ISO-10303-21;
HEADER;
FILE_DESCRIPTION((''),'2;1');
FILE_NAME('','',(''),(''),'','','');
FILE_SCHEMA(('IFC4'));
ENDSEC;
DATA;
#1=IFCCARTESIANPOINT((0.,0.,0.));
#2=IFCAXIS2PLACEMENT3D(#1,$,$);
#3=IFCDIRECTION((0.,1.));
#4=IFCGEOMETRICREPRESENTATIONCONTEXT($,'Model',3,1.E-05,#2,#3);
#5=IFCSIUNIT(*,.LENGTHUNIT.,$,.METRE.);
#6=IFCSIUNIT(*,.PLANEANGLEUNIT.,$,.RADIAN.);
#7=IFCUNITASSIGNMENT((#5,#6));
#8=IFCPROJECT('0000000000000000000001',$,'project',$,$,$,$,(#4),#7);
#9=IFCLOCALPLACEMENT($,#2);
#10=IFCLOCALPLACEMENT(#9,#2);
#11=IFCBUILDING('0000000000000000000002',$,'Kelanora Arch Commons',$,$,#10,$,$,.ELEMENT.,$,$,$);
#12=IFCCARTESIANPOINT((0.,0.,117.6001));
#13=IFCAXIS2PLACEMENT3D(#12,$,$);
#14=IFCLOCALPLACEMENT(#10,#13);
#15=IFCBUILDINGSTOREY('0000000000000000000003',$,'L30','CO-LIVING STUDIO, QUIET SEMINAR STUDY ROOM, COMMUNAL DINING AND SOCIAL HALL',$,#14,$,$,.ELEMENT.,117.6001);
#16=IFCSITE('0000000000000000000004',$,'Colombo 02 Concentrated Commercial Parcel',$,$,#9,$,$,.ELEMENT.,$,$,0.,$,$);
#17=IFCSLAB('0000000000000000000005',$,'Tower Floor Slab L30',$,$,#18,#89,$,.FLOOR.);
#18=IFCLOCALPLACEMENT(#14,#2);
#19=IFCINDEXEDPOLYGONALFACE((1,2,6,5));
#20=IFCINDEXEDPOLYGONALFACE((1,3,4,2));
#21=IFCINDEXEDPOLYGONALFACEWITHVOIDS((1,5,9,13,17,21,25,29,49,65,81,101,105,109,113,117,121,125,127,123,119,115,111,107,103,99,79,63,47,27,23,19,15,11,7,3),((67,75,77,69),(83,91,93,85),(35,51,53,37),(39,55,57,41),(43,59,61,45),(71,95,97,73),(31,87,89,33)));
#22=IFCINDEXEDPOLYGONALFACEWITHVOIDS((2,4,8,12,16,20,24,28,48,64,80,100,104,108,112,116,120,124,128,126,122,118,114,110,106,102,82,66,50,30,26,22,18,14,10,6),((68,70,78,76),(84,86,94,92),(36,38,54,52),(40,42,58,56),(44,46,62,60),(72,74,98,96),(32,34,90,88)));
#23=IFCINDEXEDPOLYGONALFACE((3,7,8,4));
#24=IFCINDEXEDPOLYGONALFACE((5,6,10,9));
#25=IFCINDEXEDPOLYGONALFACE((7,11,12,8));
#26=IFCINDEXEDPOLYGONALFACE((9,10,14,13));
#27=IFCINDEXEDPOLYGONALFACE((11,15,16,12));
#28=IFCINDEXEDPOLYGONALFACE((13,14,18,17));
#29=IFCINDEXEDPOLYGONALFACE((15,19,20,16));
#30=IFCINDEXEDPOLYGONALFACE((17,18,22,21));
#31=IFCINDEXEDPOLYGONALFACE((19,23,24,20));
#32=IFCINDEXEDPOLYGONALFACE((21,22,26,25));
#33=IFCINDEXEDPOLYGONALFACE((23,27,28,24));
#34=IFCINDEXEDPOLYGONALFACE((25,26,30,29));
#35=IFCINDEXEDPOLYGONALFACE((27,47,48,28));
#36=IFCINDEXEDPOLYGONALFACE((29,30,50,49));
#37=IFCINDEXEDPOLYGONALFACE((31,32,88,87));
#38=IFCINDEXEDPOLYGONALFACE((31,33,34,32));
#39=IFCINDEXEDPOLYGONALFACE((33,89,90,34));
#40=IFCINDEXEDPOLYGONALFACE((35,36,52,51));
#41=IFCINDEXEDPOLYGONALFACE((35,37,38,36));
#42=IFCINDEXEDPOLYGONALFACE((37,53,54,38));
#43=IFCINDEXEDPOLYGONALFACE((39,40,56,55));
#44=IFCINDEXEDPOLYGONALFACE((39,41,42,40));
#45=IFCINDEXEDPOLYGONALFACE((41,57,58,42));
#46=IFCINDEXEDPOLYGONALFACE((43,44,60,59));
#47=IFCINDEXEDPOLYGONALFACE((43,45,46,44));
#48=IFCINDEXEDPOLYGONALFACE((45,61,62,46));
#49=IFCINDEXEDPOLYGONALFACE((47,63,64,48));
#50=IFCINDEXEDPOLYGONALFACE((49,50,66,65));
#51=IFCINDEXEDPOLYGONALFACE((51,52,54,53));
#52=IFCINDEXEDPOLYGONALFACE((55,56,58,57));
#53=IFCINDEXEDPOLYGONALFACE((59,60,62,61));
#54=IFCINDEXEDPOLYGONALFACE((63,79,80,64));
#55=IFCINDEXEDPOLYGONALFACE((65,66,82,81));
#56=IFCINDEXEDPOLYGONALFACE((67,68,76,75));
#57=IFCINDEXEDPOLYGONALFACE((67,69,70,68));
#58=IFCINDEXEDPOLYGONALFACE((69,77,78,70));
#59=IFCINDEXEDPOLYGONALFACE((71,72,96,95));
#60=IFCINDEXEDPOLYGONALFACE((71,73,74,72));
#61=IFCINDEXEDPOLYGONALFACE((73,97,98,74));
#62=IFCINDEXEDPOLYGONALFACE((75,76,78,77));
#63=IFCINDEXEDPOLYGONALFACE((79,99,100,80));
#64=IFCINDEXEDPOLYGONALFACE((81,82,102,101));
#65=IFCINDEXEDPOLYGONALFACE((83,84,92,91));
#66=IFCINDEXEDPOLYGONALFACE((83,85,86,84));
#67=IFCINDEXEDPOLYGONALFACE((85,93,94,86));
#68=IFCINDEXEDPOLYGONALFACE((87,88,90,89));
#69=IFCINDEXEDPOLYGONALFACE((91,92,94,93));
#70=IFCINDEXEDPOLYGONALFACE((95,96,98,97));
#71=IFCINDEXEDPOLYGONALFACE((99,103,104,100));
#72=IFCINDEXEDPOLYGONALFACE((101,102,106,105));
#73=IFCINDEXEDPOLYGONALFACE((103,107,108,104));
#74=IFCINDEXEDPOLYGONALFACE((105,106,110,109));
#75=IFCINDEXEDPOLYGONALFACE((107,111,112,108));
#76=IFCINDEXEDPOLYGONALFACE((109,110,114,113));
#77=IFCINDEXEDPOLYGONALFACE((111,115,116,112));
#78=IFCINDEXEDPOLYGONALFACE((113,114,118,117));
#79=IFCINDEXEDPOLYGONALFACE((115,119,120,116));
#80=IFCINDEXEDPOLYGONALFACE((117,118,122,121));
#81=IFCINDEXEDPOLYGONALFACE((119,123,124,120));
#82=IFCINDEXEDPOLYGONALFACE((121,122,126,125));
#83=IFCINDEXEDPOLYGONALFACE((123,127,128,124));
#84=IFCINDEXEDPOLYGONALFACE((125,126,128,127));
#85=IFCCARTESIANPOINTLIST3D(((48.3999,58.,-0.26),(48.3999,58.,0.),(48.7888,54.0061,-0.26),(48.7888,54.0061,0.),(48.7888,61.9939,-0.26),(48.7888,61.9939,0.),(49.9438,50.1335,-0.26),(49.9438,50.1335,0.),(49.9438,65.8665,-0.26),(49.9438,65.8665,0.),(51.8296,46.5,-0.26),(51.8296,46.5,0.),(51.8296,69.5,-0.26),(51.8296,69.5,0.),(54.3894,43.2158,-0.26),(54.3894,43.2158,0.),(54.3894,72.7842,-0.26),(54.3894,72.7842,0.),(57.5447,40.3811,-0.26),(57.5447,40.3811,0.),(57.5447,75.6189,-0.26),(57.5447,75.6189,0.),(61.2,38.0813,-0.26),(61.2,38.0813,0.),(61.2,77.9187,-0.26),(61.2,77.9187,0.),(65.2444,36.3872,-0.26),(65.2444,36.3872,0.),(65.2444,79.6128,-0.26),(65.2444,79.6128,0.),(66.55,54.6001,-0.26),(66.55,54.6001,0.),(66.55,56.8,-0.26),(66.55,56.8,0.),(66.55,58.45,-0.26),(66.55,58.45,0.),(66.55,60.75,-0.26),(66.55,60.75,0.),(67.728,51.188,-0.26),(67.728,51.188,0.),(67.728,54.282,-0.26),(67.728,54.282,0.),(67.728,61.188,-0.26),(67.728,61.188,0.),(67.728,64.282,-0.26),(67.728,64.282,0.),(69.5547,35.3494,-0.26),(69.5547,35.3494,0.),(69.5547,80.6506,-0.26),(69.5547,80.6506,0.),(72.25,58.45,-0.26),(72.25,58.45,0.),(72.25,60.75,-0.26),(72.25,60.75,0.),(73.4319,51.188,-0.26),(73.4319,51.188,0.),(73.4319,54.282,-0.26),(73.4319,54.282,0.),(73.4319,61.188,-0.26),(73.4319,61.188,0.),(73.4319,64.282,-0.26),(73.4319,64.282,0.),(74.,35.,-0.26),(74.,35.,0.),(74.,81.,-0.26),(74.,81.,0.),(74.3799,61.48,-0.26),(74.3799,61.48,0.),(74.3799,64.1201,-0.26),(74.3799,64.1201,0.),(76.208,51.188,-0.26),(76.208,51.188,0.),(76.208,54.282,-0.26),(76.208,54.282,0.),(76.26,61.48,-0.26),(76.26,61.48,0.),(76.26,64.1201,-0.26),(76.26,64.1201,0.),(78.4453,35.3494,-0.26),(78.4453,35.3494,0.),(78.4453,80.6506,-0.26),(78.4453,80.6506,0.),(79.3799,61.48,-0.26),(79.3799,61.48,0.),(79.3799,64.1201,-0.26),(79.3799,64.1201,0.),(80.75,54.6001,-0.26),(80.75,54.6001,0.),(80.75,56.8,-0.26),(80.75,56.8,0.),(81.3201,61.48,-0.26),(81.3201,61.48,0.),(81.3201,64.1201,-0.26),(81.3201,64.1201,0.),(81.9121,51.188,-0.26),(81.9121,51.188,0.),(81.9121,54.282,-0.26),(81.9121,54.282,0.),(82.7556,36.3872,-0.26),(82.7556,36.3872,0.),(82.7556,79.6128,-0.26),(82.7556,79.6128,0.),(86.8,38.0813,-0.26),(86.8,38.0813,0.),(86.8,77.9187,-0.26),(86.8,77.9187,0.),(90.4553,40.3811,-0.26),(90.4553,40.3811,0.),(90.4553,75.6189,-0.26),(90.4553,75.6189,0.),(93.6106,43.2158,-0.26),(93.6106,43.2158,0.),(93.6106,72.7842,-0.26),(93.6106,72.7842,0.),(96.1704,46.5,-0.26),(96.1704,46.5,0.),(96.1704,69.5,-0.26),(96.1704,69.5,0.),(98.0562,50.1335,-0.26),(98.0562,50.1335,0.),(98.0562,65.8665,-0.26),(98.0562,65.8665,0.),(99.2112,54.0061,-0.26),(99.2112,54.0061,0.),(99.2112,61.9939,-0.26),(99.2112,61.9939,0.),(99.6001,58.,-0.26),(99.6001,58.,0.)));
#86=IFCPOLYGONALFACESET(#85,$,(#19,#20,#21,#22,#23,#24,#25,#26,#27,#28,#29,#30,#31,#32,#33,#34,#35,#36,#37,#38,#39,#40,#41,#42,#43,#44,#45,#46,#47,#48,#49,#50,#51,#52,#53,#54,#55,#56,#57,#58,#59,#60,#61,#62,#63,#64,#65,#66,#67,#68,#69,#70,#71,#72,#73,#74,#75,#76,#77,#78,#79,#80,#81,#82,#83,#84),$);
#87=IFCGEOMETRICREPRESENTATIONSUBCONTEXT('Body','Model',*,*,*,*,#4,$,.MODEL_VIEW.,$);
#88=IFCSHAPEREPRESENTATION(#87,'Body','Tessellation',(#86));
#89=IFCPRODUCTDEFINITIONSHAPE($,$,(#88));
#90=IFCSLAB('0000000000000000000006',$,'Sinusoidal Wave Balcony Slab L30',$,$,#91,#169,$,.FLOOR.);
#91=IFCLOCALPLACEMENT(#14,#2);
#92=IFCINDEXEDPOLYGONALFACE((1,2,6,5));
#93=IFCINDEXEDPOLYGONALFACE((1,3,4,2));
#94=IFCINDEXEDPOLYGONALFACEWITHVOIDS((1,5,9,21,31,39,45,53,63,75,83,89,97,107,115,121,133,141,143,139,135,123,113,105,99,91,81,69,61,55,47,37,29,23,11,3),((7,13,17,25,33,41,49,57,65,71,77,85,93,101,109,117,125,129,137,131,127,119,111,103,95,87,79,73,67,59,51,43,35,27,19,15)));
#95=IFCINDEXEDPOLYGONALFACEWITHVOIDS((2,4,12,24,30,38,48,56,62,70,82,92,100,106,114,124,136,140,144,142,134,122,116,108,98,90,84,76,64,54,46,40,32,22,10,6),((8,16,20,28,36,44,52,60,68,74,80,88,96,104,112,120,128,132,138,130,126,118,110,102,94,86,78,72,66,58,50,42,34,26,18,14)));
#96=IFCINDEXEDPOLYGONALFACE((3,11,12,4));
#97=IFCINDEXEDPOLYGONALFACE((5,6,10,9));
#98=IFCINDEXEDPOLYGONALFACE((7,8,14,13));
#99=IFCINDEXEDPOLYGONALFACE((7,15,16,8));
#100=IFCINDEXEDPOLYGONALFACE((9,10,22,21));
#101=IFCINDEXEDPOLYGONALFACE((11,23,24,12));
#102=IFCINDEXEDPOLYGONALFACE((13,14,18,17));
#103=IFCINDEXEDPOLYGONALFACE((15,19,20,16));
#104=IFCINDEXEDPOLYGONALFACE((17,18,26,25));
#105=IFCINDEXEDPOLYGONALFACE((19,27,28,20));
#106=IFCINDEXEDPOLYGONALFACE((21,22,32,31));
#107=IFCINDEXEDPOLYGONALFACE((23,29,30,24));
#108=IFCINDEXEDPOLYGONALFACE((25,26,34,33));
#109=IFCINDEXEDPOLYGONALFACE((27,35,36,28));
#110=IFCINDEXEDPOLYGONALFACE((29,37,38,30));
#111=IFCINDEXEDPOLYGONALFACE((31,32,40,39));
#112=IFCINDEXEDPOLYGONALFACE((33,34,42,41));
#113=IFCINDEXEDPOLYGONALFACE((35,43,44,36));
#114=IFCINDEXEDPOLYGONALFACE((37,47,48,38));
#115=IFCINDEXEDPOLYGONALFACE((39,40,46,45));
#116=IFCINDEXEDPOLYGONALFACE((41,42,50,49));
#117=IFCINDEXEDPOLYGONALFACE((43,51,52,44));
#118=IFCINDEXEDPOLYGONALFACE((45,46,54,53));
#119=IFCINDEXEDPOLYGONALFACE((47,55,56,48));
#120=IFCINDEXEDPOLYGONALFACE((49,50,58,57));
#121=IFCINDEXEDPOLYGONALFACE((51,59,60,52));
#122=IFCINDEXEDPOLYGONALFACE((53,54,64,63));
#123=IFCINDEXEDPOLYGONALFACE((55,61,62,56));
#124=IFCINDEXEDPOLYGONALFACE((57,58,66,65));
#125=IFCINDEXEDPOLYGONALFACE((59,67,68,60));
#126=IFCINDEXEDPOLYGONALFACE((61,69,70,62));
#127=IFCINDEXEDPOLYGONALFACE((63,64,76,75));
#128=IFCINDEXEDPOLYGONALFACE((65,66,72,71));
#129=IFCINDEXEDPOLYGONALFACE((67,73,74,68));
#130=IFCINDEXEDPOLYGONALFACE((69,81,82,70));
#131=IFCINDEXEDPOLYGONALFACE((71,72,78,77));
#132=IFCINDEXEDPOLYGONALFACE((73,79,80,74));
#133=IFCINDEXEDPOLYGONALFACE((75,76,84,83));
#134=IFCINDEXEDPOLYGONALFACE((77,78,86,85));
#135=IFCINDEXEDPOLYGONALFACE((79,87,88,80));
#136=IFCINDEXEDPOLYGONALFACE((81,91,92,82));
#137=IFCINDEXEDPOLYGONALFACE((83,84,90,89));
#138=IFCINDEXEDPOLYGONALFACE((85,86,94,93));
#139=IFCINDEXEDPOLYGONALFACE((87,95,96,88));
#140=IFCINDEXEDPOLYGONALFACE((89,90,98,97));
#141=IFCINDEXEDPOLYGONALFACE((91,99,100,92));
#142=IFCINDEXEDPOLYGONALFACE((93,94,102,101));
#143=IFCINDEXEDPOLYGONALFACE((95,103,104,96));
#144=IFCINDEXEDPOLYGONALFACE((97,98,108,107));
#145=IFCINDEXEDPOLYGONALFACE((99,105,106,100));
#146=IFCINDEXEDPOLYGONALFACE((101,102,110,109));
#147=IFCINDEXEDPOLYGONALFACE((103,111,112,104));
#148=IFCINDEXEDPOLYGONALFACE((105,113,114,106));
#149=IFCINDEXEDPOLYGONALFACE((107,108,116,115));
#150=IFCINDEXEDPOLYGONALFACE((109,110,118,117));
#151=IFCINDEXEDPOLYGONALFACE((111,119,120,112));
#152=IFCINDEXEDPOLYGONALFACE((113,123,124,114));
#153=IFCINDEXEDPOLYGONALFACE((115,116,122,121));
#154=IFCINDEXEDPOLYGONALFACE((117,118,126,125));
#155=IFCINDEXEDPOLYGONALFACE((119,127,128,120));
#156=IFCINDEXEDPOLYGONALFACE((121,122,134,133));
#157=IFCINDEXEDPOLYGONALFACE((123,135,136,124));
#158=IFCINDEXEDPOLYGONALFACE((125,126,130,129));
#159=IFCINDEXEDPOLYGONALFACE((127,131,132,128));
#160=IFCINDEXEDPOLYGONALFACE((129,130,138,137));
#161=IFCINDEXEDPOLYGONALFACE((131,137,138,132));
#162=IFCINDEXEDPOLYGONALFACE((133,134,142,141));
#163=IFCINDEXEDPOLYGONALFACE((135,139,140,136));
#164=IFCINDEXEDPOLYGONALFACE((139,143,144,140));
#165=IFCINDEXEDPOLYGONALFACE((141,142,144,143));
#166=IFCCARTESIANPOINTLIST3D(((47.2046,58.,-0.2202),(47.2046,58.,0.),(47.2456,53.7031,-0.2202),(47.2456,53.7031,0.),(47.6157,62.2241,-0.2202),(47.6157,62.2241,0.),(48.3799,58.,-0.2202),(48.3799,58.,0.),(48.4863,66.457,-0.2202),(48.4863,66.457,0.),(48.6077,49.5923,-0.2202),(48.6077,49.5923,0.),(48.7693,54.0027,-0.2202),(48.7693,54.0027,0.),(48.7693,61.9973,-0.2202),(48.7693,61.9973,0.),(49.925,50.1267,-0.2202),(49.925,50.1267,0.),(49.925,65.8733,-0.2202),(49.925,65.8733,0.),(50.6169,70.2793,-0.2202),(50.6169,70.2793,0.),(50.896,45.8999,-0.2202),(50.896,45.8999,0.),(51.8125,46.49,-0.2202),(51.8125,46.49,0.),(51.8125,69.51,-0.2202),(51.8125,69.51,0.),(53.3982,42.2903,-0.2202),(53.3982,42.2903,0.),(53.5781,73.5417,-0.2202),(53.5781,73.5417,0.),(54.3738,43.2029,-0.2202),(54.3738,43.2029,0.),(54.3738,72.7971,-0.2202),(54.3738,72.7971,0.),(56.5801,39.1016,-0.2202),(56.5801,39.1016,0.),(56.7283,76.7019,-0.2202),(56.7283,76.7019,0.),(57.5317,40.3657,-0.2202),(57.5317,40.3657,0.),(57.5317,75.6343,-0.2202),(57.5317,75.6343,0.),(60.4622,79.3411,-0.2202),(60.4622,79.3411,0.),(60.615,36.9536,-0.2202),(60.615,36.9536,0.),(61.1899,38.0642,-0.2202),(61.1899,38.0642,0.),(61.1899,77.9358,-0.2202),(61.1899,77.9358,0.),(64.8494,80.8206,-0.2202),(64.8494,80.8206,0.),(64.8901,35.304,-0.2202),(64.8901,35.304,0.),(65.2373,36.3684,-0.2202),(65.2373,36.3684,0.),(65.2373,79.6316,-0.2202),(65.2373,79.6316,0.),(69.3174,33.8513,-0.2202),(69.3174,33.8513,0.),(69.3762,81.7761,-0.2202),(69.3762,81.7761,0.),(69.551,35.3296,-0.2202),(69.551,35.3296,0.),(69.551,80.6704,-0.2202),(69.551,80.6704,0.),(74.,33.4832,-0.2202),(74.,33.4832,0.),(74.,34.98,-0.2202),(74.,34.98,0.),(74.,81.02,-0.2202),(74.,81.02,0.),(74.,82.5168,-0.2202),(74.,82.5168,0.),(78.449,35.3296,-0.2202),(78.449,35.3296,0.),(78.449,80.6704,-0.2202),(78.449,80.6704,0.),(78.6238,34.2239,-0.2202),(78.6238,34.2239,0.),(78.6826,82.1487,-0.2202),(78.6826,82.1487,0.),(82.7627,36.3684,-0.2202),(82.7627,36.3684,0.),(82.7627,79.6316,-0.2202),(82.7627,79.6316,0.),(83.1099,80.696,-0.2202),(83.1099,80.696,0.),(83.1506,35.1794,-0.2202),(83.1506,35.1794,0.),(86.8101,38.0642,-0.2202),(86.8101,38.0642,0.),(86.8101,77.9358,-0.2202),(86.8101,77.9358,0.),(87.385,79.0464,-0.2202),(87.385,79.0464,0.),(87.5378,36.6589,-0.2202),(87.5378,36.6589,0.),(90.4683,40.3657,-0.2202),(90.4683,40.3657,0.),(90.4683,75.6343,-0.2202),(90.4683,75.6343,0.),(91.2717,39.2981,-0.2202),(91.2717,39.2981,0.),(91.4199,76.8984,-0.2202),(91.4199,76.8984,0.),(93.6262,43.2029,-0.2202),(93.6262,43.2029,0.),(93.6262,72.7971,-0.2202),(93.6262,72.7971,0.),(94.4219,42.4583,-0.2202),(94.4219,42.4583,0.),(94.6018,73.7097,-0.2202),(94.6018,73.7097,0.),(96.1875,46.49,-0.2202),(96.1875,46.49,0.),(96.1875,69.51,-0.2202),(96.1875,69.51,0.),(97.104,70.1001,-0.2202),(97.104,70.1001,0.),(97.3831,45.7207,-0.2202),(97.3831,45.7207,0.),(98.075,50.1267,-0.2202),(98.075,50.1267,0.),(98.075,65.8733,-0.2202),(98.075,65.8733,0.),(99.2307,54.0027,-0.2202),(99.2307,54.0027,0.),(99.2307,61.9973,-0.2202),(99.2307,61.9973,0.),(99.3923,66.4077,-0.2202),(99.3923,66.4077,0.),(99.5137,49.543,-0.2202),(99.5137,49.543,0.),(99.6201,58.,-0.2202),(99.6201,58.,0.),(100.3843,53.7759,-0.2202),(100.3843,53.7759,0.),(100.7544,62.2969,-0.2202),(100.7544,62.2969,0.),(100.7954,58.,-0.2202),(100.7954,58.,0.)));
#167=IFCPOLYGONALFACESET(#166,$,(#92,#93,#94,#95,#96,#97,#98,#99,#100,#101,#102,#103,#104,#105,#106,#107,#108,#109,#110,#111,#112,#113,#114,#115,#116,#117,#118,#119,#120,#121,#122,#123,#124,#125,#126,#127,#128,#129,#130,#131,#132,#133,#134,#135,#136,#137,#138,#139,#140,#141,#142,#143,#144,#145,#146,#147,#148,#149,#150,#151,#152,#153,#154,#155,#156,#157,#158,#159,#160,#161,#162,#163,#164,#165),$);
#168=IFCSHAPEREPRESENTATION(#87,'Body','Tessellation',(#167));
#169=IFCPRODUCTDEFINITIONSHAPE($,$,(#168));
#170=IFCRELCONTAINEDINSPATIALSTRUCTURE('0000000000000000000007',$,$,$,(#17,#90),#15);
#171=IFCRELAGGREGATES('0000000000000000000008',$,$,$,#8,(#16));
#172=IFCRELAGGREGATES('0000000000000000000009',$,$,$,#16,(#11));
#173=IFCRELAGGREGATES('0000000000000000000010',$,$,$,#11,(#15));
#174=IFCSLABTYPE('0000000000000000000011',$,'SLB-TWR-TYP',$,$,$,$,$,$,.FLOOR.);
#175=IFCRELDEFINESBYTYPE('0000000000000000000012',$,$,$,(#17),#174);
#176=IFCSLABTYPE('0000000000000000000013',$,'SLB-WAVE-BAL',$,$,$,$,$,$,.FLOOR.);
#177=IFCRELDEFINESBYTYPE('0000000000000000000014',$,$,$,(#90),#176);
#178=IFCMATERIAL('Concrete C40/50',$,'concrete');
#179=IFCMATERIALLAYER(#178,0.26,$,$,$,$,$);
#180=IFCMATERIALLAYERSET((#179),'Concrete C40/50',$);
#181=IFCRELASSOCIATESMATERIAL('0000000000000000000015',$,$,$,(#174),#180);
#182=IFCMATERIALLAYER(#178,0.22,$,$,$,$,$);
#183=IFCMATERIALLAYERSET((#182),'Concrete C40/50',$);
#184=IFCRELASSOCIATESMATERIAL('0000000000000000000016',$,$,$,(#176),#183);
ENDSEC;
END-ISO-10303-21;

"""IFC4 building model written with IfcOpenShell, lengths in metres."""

from ifc_helpers import new_model, si_unit, direction, frame, origin, place, context, subcontext, project, spatial, polyline, outline, extrude, material, layer, layer_set, type_object, element, save


model = new_model("IFC4")

# Units and contexts
model_context = context("Model", 3, precision=1e-05, world=origin(), true_north=direction((0.0, 1.0)))
body_context = subcontext(model_context, "Body", "Model", "MODEL_VIEW")
ifc_project = project(units=[si_unit("LENGTHUNIT", "METRE"), si_unit("PLANEANGLEUNIT", "RADIAN")], contexts=[model_context])

# Site, building, storey
site_placement = place(None, origin())
site = spatial("IfcSite", under=ifc_project, at=site_placement, Name="Colombo 02 Concentrated Commercial Parcel", CompositionType="ELEMENT", RefElevation=0.0)
building_placement = place(site_placement, origin())
building = spatial("IfcBuilding", under=site, at=building_placement, Name="Kelanora Arch Commons", CompositionType="ELEMENT")
storey_placement = place(building_placement, frame((0.0, 0.0, 117.6001)))
storey = spatial("IfcBuildingStorey", under=building, at=storey_placement, Name="L30", Description="CO-LIVING STUDIO, QUIET SEMINAR STUDY ROOM, COMMUNAL DINING AND SOCIAL HALL", CompositionType="ELEMENT", Elevation=117.6001)

# Shared definitions
ifc_material_1 = material(Name="Concrete C40/50", Category="concrete")

# Slabs
ifc_layer_1 = layer(ifc_material_1, 0.26)
ifc_layer_set_1 = layer_set([ifc_layer_1], Name="Concrete C40/50")
slab_type_1 = type_object("IfcSlabType", Name="SLB-TWR-TYP", PredefinedType="FLOOR", material=ifc_layer_set_1)
slab_1_placement = place(storey_placement, frame((0.0, 0.0, -0.26)))
element("IfcSlab", 1, at=slab_1_placement, inside=storey, type_object=slab_type_1, Name="Tower Floor Slab L30", PredefinedType="FLOOR", context=body_context, shape_type="SweptSolid", body=[
    extrude(outline(polyline([(99.6001, 58.0), (99.2112, 61.9939), (98.0562, 65.8665), (96.1704, 69.5), (93.6106, 72.7842), (90.4553, 75.6189), (86.8, 77.9187), (82.7556, 79.6128), (78.4453, 80.6506), (74.0, 81.0), (69.5547, 80.6506), (65.2444, 79.6128), (61.2, 77.9187), (57.5447, 75.6189), (54.3894, 72.7842), (51.8296, 69.5), (49.9438, 65.8665), (48.7888, 61.9939), (48.3999, 58.0), (48.7888, 54.0061), (49.9438, 50.1335), (51.8296, 46.5), (54.3894, 43.2158), (57.5447, 40.3811), (61.2, 38.0813), (65.2444, 36.3872), (69.5547, 35.3494), (74.0, 35.0), (78.4453, 35.3494), (82.7556, 36.3872), (86.8, 38.0813), (90.4553, 40.3811), (93.6106, 43.2158), (96.1704, 46.5), (98.0562, 50.1335), (99.2112, 54.0061), (99.6001, 58.0)]), holes=[polyline([(73.4319, 51.188), (67.728, 51.188), (67.728, 54.282), (73.4319, 54.282), (73.4319, 51.188)]), polyline([(76.208, 51.188), (76.208, 54.282), (81.9121, 54.282), (81.9121, 51.188), (76.208, 51.188)]), polyline([(66.55, 54.6001), (66.55, 56.8), (80.75, 56.8), (80.75, 54.6001), (66.55, 54.6001)]), polyline([(66.55, 58.45), (66.55, 60.75), (72.25, 60.75), (72.25, 58.45), (66.55, 58.45)]), polyline([(67.728, 61.188), (67.728, 64.282), (73.4319, 64.282), (73.4319, 61.188), (67.728, 61.188)]), polyline([(74.3799, 61.48), (74.3799, 64.1201), (76.26, 64.1201), (76.26, 61.48), (74.3799, 61.48)]), polyline([(79.3799, 61.48), (79.3799, 64.1201), (81.3201, 64.1201), (81.3201, 61.48), (79.3799, 61.48)])]), origin(), (0.0, 0.0, 1.0), 0.26),
])
ifc_layer_2 = layer(ifc_material_1, 0.22)
ifc_layer_set_2 = layer_set([ifc_layer_2], Name="Concrete C40/50")
slab_type_2 = type_object("IfcSlabType", Name="SLB-WAVE-BAL", PredefinedType="FLOOR", material=ifc_layer_set_2)
slab_2_placement = place(storey_placement, frame((0.0, 0.0, -0.2202)))
element("IfcSlab", 2, at=slab_2_placement, inside=storey, type_object=slab_type_2, Name="Sinusoidal Wave Balcony Slab L30", PredefinedType="FLOOR", context=body_context, shape_type="SweptSolid", body=[
    extrude(outline(polyline([(100.7954, 58.0), (100.7544, 62.2969), (99.3923, 66.4077), (97.104, 70.1001), (94.6018, 73.7097), (91.4199, 76.8984), (87.385, 79.0464), (83.1099, 80.696), (78.6826, 82.1487), (74.0, 82.5168), (69.3762, 81.7761), (64.8494, 80.8206), (60.4622, 79.3411), (56.7283, 76.7019), (53.5781, 73.5417), (50.6169, 70.2793), (48.4863, 66.457), (47.6157, 62.2241), (47.2046, 58.0), (47.2456, 53.7031), (48.6077, 49.5923), (50.896, 45.8999), (53.3982, 42.2903), (56.5801, 39.1016), (60.615, 36.9536), (64.8901, 35.304), (69.3174, 33.8513), (74.0, 33.4832), (78.6238, 34.2239), (83.1506, 35.1794), (87.5378, 36.6589), (91.2717, 39.2981), (94.4219, 42.4583), (97.3831, 45.7207), (99.5137, 49.543), (100.3843, 53.7759), (100.7954, 58.0)]), holes=[polyline([(99.2307, 54.0027), (98.075, 50.1267), (96.1875, 46.49), (93.6262, 43.2029), (90.4683, 40.3657), (86.8101, 38.0642), (82.7627, 36.3684), (78.449, 35.3296), (74.0, 34.98), (69.551, 35.3296), (65.2373, 36.3684), (61.1899, 38.0642), (57.5317, 40.3657), (54.3738, 43.2029), (51.8125, 46.49), (49.925, 50.1267), (48.7693, 54.0027), (48.3799, 58.0), (48.7693, 61.9973), (49.925, 65.8733), (51.8125, 69.51), (54.3738, 72.7971), (57.5317, 75.6343), (61.1899, 77.9358), (65.2373, 79.6316), (69.551, 80.6704), (74.0, 81.02), (78.449, 80.6704), (82.7627, 79.6316), (86.8101, 77.9358), (90.4683, 75.6343), (93.6262, 72.7971), (96.1875, 69.51), (98.075, 65.8733), (99.2307, 61.9973), (99.6201, 58.0), (99.2307, 54.0027)])]), origin(), (0.0, 0.0, 1.0), 0.2202),
])

save(model, "model.ifc")
